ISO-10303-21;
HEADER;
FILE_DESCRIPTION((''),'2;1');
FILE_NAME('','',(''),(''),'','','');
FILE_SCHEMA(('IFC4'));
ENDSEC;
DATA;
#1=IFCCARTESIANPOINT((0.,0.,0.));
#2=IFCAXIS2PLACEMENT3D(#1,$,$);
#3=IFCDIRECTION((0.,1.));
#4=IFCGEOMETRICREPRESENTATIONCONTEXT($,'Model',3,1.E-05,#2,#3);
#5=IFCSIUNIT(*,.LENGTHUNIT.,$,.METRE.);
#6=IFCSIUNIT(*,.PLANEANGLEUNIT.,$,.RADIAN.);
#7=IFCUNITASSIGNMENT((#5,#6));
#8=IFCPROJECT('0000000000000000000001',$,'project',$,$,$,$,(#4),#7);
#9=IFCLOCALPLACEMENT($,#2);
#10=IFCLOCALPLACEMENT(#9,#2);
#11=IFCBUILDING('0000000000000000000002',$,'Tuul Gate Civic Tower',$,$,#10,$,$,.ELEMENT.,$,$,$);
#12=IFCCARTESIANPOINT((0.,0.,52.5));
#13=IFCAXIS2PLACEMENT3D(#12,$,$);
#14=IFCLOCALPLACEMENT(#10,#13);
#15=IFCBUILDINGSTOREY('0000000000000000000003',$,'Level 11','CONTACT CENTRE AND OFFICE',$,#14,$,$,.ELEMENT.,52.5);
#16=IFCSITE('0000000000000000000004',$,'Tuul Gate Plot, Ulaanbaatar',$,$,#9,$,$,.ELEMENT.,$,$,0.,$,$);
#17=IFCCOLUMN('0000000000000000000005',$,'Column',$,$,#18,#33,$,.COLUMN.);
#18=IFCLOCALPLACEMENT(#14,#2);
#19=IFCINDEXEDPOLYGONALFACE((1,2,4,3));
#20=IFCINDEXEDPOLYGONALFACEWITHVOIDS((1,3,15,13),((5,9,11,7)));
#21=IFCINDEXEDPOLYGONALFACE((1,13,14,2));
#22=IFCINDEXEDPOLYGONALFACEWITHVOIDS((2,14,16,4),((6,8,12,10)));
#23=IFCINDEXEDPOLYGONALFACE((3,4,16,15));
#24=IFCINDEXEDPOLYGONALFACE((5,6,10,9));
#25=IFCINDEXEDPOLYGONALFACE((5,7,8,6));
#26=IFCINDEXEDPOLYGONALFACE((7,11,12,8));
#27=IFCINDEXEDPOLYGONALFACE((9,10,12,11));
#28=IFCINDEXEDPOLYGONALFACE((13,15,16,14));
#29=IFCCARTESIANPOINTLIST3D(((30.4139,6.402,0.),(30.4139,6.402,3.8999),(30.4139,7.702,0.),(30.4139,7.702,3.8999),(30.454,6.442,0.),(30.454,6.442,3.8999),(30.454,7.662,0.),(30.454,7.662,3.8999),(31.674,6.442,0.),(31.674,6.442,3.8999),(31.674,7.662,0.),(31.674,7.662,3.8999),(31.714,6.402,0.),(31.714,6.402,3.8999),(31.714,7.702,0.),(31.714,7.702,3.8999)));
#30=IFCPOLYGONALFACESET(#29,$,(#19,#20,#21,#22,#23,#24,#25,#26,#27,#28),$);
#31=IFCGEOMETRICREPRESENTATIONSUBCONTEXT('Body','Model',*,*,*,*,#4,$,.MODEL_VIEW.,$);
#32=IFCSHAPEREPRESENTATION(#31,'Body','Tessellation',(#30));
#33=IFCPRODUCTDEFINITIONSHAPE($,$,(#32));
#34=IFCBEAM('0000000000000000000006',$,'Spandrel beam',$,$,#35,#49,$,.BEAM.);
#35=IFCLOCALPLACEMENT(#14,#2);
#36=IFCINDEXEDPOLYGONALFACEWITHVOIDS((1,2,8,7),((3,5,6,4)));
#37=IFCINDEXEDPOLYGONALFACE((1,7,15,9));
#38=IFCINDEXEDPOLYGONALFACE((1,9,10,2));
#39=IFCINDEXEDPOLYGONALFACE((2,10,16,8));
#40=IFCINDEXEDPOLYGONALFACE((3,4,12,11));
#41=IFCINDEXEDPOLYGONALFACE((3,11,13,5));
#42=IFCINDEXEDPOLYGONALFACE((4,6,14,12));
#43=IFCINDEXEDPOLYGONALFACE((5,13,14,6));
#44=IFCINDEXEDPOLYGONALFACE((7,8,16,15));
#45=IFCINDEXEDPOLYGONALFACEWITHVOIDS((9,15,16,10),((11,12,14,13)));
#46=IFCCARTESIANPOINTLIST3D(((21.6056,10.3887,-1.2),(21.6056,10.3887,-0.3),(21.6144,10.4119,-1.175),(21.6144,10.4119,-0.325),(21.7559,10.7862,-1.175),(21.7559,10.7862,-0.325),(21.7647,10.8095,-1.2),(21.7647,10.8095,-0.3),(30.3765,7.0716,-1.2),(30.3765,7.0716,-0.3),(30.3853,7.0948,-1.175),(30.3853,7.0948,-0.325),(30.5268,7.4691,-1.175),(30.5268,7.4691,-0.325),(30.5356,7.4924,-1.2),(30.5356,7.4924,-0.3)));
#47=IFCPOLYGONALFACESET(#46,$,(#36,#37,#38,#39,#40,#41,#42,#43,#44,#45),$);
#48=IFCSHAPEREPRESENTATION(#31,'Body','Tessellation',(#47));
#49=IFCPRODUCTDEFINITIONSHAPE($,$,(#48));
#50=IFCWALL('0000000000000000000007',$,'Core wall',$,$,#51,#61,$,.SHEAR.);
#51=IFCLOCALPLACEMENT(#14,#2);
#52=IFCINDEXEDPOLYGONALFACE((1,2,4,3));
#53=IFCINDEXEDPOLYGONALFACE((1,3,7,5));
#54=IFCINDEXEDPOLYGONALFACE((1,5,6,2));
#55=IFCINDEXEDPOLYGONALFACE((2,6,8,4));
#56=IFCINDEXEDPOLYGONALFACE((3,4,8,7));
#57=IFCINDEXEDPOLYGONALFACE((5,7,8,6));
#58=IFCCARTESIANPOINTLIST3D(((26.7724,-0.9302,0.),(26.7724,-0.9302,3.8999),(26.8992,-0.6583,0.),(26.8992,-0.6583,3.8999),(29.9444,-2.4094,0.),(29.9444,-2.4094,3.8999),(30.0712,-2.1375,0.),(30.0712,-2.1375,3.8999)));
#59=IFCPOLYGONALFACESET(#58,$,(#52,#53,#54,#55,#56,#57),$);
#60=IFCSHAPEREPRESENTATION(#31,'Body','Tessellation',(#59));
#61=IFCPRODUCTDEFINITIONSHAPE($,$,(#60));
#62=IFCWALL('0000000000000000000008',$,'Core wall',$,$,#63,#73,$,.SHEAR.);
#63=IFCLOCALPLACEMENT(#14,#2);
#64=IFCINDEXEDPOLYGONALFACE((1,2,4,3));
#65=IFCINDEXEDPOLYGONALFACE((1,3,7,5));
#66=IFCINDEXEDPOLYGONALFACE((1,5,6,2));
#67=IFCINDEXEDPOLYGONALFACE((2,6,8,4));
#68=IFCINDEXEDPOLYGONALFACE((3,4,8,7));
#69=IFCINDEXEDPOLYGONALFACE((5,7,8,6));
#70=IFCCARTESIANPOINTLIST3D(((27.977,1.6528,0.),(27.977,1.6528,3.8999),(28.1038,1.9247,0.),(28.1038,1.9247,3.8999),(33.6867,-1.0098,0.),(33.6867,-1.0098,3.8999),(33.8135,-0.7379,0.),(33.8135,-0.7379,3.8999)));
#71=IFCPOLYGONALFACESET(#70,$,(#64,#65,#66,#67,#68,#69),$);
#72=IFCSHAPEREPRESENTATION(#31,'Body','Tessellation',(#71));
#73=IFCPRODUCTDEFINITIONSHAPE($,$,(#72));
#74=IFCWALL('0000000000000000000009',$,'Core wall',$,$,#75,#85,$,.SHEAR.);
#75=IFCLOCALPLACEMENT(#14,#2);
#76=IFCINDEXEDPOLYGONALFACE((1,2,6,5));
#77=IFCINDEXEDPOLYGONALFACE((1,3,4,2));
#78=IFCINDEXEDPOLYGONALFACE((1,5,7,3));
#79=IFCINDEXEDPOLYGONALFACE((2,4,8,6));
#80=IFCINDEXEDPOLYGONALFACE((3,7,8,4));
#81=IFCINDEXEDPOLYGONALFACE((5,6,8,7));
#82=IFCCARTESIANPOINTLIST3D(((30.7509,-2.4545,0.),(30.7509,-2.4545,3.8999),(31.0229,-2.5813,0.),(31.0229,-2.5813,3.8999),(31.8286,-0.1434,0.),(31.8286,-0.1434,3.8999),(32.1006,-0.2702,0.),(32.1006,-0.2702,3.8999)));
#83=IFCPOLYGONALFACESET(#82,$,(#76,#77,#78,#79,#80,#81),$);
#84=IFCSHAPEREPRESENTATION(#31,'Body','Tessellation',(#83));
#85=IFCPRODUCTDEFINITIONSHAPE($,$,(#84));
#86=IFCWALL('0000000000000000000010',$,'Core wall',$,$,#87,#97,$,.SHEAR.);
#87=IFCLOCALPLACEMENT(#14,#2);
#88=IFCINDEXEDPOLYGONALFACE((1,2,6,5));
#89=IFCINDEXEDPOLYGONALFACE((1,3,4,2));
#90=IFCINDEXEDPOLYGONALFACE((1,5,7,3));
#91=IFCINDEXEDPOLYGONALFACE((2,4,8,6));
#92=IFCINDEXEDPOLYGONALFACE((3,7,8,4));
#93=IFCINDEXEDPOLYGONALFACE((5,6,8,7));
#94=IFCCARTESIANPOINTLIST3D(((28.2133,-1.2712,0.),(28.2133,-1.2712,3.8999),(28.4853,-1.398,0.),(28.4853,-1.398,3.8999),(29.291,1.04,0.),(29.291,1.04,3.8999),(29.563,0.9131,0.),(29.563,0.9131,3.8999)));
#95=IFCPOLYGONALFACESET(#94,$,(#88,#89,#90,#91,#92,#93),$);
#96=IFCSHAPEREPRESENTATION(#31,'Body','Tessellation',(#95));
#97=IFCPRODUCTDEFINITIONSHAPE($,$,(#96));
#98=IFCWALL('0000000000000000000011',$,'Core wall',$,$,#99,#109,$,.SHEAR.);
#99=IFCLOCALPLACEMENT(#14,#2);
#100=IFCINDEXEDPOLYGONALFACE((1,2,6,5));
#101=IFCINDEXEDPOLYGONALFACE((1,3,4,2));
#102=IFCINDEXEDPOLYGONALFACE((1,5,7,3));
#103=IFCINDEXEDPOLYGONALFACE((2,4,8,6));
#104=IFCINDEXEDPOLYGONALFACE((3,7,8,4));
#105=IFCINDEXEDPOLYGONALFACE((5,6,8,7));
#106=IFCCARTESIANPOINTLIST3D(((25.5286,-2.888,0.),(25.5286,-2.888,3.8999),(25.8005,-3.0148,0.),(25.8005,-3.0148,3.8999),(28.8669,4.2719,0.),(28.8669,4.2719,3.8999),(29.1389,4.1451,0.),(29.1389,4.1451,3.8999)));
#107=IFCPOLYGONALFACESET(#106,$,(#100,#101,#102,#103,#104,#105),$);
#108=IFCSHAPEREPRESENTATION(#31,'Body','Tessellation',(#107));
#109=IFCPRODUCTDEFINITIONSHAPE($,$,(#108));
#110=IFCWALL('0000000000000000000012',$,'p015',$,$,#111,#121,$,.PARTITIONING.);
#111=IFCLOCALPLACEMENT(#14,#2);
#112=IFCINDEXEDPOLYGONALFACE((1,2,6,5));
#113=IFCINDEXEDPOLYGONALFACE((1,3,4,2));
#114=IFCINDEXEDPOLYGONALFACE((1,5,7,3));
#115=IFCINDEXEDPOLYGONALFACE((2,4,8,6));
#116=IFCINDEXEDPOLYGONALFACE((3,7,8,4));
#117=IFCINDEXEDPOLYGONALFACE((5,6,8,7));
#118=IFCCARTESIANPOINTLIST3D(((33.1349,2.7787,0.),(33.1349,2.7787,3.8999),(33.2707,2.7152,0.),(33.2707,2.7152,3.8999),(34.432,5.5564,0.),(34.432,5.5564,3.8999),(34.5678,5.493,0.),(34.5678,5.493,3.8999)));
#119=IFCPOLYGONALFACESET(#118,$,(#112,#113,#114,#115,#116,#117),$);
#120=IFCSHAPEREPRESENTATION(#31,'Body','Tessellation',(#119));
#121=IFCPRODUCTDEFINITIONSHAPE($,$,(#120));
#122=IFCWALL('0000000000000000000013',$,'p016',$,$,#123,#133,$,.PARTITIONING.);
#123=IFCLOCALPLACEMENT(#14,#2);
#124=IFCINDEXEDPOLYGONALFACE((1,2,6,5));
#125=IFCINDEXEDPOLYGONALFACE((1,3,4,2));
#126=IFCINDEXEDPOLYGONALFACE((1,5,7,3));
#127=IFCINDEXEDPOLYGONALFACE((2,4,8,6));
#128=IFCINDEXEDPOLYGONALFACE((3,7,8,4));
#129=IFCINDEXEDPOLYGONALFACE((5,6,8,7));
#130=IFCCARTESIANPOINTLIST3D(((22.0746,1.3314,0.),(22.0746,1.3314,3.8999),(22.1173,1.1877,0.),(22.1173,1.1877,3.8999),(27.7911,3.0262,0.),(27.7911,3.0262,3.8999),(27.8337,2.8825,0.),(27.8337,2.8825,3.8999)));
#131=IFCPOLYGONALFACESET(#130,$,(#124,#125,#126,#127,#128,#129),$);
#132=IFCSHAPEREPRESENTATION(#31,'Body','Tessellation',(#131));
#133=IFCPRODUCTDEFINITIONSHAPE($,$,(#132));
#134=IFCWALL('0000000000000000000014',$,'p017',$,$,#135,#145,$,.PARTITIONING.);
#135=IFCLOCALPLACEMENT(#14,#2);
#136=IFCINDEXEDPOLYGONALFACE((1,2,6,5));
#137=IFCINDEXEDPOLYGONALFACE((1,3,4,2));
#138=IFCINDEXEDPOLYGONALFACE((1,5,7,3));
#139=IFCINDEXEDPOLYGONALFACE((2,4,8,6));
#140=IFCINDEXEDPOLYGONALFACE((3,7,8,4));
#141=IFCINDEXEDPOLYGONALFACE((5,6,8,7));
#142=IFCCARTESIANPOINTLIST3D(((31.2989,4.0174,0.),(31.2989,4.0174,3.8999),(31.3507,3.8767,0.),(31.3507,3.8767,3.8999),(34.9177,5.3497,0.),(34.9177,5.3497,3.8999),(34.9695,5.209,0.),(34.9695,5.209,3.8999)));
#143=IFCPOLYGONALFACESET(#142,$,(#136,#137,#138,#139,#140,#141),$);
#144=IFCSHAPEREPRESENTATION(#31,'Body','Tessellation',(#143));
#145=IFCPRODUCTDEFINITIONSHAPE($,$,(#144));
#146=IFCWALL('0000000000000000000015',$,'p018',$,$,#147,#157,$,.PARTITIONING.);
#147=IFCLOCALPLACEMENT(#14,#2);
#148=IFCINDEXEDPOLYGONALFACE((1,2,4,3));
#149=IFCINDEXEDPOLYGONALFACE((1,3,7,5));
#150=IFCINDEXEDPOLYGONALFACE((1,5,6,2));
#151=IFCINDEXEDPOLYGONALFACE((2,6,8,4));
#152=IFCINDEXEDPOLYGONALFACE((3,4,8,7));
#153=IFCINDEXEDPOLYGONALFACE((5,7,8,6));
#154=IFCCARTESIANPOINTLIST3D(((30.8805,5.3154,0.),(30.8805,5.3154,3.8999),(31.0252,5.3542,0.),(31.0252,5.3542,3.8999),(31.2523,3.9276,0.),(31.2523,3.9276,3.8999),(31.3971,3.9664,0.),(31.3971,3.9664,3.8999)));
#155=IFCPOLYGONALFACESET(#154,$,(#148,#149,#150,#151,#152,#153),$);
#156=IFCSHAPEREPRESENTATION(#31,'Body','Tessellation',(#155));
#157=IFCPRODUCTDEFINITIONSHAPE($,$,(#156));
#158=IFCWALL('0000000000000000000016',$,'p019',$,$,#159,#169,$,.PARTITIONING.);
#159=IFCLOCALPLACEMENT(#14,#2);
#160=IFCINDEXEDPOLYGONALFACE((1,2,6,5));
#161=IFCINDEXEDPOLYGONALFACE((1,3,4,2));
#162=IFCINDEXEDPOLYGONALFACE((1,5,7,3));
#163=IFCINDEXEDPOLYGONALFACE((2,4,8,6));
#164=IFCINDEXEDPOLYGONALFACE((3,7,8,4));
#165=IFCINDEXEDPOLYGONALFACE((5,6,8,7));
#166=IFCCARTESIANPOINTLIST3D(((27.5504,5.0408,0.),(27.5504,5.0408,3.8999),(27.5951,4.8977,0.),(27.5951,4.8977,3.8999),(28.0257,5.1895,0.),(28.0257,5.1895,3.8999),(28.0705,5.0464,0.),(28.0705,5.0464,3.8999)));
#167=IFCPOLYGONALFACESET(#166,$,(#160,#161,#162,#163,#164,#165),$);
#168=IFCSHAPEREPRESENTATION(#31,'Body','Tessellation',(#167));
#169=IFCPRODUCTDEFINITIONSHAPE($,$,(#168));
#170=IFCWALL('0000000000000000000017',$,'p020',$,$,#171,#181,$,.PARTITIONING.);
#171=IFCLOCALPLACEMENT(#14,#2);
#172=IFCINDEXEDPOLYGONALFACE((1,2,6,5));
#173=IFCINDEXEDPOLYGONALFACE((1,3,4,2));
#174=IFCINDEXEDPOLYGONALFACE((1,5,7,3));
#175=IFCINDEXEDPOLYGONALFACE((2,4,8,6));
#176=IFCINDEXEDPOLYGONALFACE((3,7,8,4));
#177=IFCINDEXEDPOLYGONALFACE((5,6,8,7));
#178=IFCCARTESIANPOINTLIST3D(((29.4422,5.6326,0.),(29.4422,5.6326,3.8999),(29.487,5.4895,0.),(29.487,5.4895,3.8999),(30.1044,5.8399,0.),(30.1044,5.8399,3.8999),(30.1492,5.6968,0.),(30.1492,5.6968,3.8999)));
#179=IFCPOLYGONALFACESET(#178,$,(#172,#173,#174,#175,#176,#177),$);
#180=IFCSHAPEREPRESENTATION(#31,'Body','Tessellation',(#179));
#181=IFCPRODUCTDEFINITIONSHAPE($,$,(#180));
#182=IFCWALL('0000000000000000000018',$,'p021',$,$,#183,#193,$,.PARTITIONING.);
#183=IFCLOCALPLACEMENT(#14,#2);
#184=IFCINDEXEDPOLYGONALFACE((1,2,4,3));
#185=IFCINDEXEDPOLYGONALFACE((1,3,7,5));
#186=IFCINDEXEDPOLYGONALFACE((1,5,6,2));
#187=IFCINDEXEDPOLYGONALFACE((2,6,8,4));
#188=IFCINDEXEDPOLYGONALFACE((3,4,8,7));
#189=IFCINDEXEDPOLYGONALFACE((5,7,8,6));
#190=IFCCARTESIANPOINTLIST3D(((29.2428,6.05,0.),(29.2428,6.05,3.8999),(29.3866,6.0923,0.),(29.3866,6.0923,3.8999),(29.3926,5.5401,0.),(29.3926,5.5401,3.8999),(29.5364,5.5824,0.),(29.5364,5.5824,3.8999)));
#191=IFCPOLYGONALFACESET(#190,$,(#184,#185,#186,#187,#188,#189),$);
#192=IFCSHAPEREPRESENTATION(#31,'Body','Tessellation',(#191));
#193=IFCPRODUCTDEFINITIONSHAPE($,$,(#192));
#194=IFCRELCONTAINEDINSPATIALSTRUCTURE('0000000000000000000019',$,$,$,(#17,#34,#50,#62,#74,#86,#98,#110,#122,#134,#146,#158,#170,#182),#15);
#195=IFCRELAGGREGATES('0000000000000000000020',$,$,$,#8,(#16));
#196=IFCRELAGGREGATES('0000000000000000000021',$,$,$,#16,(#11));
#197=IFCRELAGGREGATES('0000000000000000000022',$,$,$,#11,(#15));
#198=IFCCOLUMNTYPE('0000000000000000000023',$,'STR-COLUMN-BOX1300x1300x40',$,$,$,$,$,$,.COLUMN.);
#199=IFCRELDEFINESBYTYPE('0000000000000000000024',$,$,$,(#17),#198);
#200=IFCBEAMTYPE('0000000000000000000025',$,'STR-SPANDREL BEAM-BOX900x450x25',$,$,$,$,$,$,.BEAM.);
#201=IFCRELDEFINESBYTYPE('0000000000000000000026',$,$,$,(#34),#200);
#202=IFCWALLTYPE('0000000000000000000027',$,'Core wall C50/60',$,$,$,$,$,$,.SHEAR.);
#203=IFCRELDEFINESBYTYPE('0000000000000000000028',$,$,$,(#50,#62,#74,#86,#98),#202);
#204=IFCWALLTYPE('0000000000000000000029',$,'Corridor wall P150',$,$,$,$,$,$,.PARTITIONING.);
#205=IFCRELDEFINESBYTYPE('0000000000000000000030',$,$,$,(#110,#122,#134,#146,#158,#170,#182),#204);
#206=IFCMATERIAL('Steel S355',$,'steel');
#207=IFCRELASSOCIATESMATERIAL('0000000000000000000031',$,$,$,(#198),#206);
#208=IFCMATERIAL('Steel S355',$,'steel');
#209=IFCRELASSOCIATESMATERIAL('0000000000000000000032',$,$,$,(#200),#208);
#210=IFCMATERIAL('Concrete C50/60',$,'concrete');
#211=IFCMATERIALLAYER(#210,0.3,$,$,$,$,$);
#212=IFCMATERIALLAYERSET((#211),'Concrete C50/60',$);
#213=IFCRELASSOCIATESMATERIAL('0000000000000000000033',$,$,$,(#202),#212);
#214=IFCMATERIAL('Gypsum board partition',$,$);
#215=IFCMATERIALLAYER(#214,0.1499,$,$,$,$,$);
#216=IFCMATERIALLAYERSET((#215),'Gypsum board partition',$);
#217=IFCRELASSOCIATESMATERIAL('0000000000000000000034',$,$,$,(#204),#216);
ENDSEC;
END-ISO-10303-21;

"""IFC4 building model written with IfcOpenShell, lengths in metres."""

from ifc_helpers import new_model, si_unit, direction, frame, frame_2d, origin, origin_2d, place, context, subcontext, project, spatial, rectangle, hollow_rectangle, extrude, material, layer, layer_set, material_profile, profile_set, type_object, element, save


model = new_model("IFC4")

# Units and contexts
model_context = context("Model", 3, precision=1e-05, world=origin(), true_north=direction((0.0, 1.0)))
body_context = subcontext(model_context, "Body", "Model", "MODEL_VIEW")
ifc_project = project(units=[si_unit("LENGTHUNIT", "METRE"), si_unit("PLANEANGLEUNIT", "RADIAN")], contexts=[model_context])

# Site, building, storey
site_placement = place(None, origin())
site = spatial("IfcSite", under=ifc_project, at=site_placement, Name="Tuul Gate Plot, Ulaanbaatar", CompositionType="ELEMENT", RefElevation=0.0)
building_placement = place(site_placement, origin())
building = spatial("IfcBuilding", under=site, at=building_placement, Name="Tuul Gate Civic Tower", CompositionType="ELEMENT")
storey_placement = place(building_placement, frame((0.0, 0.0, 52.5)))
storey = spatial("IfcBuildingStorey", under=building, at=storey_placement, Name="Level 11", Description="CONTACT CENTRE AND OFFICE", CompositionType="ELEMENT", Elevation=52.5)

# Column
ifc_material_1 = material(Name="Steel S355", Category="steel")
ifc_material_profile_1 = material_profile(ifc_material_1, hollow_rectangle(XDim=1.3, YDim=1.3, WallThickness=0.04, at=origin_2d()), Name="BOX1300x1300x40")
ifc_profile_set_1 = profile_set([ifc_material_profile_1], Name="Steel S355")
column_type = type_object("IfcColumnType", Name="STR-COLUMN-BOX1300x1300x40", PredefinedType="COLUMN", material=ifc_profile_set_1)
column_placement = place(storey_placement, frame((31.064, 7.052, 0.0), z_axis=(0.0, 0.0, 1.0), x_axis=(1.0, 0.0, 0.0)))
element("IfcColumn", 1, at=column_placement, inside=storey, type_object=column_type, Name="Column", PredefinedType="COLUMN", context=body_context, shape_type="SweptSolid", body=[
    extrude(hollow_rectangle(XDim=1.3, YDim=1.3, WallThickness=0.04, at=origin_2d()), origin(), (0.0, 0.0, 1.0), 3.8999),
])

# Beam
ifc_material_2 = material(Name="Steel S355", Category="steel")
ifc_material_profile_2 = material_profile(ifc_material_2, hollow_rectangle(XDim=0.45, YDim=0.8999, WallThickness=0.0249, at=origin_2d()), Name="BOX900x450x25")
ifc_profile_set_2 = profile_set([ifc_material_profile_2], Name="Steel S355")
beam_type = type_object("IfcBeamType", Name="STR-SPANDREL BEAM-BOX900x450x25", PredefinedType="BEAM", material=ifc_profile_set_2)
beam_placement = place(storey_placement, frame((30.4561, 7.282, -0.75), z_axis=(-0.935343, 0.353741, 0.0), x_axis=(-0.353741, -0.935343, 0.0)))
element("IfcBeam", 2, at=beam_placement, inside=storey, type_object=beam_type, Name="Spandrel beam", PredefinedType="BEAM", context=body_context, shape_type="SweptSolid", body=[
    extrude(hollow_rectangle(XDim=0.45, YDim=0.8999, WallThickness=0.0249, at=origin_2d()), origin(), (0.0, 0.0, 1.0), 9.3772),
])

# Walls
ifc_material_3 = material(Name="Concrete C50/60", Category="concrete")
ifc_layer_1 = layer(ifc_material_3, 0.3)
ifc_layer_set_1 = layer_set([ifc_layer_1], Name="Concrete C50/60")
wall_type_1 = type_object("IfcWallType", Name="Core wall C50/60", PredefinedType="SHEAR", material=ifc_layer_set_1)
wall_1_placement = place(storey_placement, frame((30.0078, -2.2734, 0.0), z_axis=(0.0, 0.0, 1.0), x_axis=(-0.906301, 0.422633, 0.0)))
element("IfcWall", 3, at=wall_1_placement, inside=storey, type_object=wall_type_1, Name="Core wall", PredefinedType="SHEAR", context=body_context, shape_type="SweptSolid", body=[
    extrude(rectangle(XDim=3.5, YDim=0.3, at=frame_2d((1.75, 0.0))), origin(), (0.0, 0.0, 1.0), 3.8999),
])
wall_2_placement = place(storey_placement, frame((33.75, -0.8738, 0.0), z_axis=(0.0, 0.0, 1.0), x_axis=(-0.906301, 0.422633, 0.0)))
element("IfcWall", 4, at=wall_2_placement, inside=storey, type_object=wall_type_1, Name="Core wall", PredefinedType="SHEAR", context=body_context, shape_type="SweptSolid", body=[
    extrude(rectangle(XDim=6.3, YDim=0.3, at=frame_2d((3.1499, 0.0))), origin(), (0.0, 0.0, 1.0), 3.8999),
])
for number, where, z_axis, x_axis, name in (
    (5, (30.887, -2.5178, 0.0), (0.0, 0.0, 1.0), (0.422613, 0.90631, 0.0), "Core wall"),
    (6, (28.3494, -1.3345, 0.0), (0.0, 0.0, 1.0), (0.422613, 0.90631, 0.0), "Core wall"),
):
    element("IfcWall", number, at=place(storey_placement, frame(where, z_axis=z_axis, x_axis=x_axis)), inside=storey, type_object=wall_type_1, Name=name, PredefinedType="SHEAR", context=body_context, shape_type="SweptSolid", body=[
        extrude(rectangle(XDim=2.55, YDim=0.3, at=frame_2d((1.2749, 0.0))), origin(), (0.0, 0.0, 1.0), 3.8999),
    ])
wall_3_placement = place(storey_placement, frame((25.6646, -2.9514, 0.0), z_axis=(0.0, 0.0, 1.0), x_axis=(0.422583, 0.906324, 0.0)))
element("IfcWall", 7, at=wall_3_placement, inside=storey, type_object=wall_type_1, Name="Core wall", PredefinedType="SHEAR", context=body_context, shape_type="SweptSolid", body=[
    extrude(rectangle(XDim=7.8999, YDim=0.3, at=frame_2d((3.95, 0.0))), origin(), (0.0, 0.0, 1.0), 3.8999),
])
ifc_material_4 = material(Name="Gypsum board partition")
ifc_layer_2 = layer(ifc_material_4, 0.1499)
ifc_layer_set_2 = layer_set([ifc_layer_2], Name="Gypsum board partition")
wall_type_2 = type_object("IfcWallType", Name="Corridor wall P150", PredefinedType="PARTITIONING", material=ifc_layer_set_2)
wall_4_placement = place(storey_placement, frame((33.2029, 2.7471, 0.0), z_axis=(0.0, 0.0, 1.0), x_axis=(0.423099, 0.906083, 0.0)))
element("IfcWall", 8, at=wall_4_placement, inside=storey, type_object=wall_type_2, Name="p015", PredefinedType="PARTITIONING", context=body_context, shape_type="SweptSolid", body=[
    extrude(rectangle(XDim=3.0657, YDim=0.1499, at=frame_2d((1.5327, 0.0))), origin(), (0.0, 0.0, 1.0), 3.8999),
])
wall_5_placement = place(storey_placement, frame((22.0959, 1.2595, 0.0), z_axis=(0.0, 0.0, 1.0), x_axis=(0.958751, 0.284247, 0.0)))
element("IfcWall", 9, at=wall_5_placement, inside=storey, type_object=wall_type_2, Name="p016", PredefinedType="PARTITIONING", context=body_context, shape_type="SweptSolid", body=[
    extrude(rectangle(XDim=5.9624, YDim=0.1499, at=frame_2d((2.9812, 0.0))), origin(), (0.0, 0.0, 1.0), 3.8999),
])
wall_6_placement = place(storey_placement, frame((31.3247, 3.947, 0.0), z_axis=(0.0, 0.0, 1.0), x_axis=(0.93842, 0.345497, 0.0)))
element("IfcWall", 10, at=wall_6_placement, inside=storey, type_object=wall_type_2, Name="p017", PredefinedType="PARTITIONING", context=body_context, shape_type="SweptSolid", body=[
    extrude(rectangle(XDim=3.8562, YDim=0.1499, at=frame_2d((1.9282, 0.0))), origin(), (0.0, 0.0, 1.0), 3.8999),
])
wall_7_placement = place(storey_placement, frame((30.9529, 5.3347, 0.0), z_axis=(0.0, 0.0, 1.0), x_axis=(0.258815, -0.965927, 0.0)))
element("IfcWall", 11, at=wall_7_placement, inside=storey, type_object=wall_type_2, Name="p018", PredefinedType="PARTITIONING", context=body_context, shape_type="SweptSolid", body=[
    extrude(rectangle(XDim=1.4368, YDim=0.1499, at=frame_2d((0.7183, 0.0))), origin(), (0.0, 0.0, 1.0), 3.8999),
])
wall_8_placement = place(storey_placement, frame((27.5728, 4.9692, 0.0), z_axis=(0.0, 0.0, 1.0), x_axis=(0.954401, 0.298526, 0.0)))
element("IfcWall", 12, at=wall_8_placement, inside=storey, type_object=wall_type_2, Name="p019", PredefinedType="PARTITIONING", context=body_context, shape_type="SweptSolid", body=[
    extrude(rectangle(XDim=0.498, YDim=0.1499, at=frame_2d((0.249, 0.0))), origin(), (0.0, 0.0, 1.0), 3.8999),
])
wall_9_placement = place(storey_placement, frame((29.4646, 5.561, 0.0), z_axis=(0.0, 0.0, 1.0), x_axis=(0.95433, 0.298756, 0.0)))
element("IfcWall", 13, at=wall_9_placement, inside=storey, type_object=wall_type_2, Name="p020", PredefinedType="PARTITIONING", context=body_context, shape_type="SweptSolid", body=[
    extrude(rectangle(XDim=0.6938, YDim=0.1499, at=frame_2d((0.3469, 0.0))), origin(), (0.0, 0.0, 1.0), 3.8999),
])
wall_10_placement = place(storey_placement, frame((29.3147, 6.071, 0.0), z_axis=(0.0, 0.0, 1.0), x_axis=(0.281992, -0.959417, 0.0)))
element("IfcWall", 14, at=wall_10_placement, inside=storey, type_object=wall_type_2, Name="p021", PredefinedType="PARTITIONING", context=body_context, shape_type="SweptSolid", body=[
    extrude(rectangle(XDim=0.5315, YDim=0.1499, at=frame_2d((0.2656, 0.0))), origin(), (0.0, 0.0, 1.0), 3.8999),
])

save(model, "model.ifc")
